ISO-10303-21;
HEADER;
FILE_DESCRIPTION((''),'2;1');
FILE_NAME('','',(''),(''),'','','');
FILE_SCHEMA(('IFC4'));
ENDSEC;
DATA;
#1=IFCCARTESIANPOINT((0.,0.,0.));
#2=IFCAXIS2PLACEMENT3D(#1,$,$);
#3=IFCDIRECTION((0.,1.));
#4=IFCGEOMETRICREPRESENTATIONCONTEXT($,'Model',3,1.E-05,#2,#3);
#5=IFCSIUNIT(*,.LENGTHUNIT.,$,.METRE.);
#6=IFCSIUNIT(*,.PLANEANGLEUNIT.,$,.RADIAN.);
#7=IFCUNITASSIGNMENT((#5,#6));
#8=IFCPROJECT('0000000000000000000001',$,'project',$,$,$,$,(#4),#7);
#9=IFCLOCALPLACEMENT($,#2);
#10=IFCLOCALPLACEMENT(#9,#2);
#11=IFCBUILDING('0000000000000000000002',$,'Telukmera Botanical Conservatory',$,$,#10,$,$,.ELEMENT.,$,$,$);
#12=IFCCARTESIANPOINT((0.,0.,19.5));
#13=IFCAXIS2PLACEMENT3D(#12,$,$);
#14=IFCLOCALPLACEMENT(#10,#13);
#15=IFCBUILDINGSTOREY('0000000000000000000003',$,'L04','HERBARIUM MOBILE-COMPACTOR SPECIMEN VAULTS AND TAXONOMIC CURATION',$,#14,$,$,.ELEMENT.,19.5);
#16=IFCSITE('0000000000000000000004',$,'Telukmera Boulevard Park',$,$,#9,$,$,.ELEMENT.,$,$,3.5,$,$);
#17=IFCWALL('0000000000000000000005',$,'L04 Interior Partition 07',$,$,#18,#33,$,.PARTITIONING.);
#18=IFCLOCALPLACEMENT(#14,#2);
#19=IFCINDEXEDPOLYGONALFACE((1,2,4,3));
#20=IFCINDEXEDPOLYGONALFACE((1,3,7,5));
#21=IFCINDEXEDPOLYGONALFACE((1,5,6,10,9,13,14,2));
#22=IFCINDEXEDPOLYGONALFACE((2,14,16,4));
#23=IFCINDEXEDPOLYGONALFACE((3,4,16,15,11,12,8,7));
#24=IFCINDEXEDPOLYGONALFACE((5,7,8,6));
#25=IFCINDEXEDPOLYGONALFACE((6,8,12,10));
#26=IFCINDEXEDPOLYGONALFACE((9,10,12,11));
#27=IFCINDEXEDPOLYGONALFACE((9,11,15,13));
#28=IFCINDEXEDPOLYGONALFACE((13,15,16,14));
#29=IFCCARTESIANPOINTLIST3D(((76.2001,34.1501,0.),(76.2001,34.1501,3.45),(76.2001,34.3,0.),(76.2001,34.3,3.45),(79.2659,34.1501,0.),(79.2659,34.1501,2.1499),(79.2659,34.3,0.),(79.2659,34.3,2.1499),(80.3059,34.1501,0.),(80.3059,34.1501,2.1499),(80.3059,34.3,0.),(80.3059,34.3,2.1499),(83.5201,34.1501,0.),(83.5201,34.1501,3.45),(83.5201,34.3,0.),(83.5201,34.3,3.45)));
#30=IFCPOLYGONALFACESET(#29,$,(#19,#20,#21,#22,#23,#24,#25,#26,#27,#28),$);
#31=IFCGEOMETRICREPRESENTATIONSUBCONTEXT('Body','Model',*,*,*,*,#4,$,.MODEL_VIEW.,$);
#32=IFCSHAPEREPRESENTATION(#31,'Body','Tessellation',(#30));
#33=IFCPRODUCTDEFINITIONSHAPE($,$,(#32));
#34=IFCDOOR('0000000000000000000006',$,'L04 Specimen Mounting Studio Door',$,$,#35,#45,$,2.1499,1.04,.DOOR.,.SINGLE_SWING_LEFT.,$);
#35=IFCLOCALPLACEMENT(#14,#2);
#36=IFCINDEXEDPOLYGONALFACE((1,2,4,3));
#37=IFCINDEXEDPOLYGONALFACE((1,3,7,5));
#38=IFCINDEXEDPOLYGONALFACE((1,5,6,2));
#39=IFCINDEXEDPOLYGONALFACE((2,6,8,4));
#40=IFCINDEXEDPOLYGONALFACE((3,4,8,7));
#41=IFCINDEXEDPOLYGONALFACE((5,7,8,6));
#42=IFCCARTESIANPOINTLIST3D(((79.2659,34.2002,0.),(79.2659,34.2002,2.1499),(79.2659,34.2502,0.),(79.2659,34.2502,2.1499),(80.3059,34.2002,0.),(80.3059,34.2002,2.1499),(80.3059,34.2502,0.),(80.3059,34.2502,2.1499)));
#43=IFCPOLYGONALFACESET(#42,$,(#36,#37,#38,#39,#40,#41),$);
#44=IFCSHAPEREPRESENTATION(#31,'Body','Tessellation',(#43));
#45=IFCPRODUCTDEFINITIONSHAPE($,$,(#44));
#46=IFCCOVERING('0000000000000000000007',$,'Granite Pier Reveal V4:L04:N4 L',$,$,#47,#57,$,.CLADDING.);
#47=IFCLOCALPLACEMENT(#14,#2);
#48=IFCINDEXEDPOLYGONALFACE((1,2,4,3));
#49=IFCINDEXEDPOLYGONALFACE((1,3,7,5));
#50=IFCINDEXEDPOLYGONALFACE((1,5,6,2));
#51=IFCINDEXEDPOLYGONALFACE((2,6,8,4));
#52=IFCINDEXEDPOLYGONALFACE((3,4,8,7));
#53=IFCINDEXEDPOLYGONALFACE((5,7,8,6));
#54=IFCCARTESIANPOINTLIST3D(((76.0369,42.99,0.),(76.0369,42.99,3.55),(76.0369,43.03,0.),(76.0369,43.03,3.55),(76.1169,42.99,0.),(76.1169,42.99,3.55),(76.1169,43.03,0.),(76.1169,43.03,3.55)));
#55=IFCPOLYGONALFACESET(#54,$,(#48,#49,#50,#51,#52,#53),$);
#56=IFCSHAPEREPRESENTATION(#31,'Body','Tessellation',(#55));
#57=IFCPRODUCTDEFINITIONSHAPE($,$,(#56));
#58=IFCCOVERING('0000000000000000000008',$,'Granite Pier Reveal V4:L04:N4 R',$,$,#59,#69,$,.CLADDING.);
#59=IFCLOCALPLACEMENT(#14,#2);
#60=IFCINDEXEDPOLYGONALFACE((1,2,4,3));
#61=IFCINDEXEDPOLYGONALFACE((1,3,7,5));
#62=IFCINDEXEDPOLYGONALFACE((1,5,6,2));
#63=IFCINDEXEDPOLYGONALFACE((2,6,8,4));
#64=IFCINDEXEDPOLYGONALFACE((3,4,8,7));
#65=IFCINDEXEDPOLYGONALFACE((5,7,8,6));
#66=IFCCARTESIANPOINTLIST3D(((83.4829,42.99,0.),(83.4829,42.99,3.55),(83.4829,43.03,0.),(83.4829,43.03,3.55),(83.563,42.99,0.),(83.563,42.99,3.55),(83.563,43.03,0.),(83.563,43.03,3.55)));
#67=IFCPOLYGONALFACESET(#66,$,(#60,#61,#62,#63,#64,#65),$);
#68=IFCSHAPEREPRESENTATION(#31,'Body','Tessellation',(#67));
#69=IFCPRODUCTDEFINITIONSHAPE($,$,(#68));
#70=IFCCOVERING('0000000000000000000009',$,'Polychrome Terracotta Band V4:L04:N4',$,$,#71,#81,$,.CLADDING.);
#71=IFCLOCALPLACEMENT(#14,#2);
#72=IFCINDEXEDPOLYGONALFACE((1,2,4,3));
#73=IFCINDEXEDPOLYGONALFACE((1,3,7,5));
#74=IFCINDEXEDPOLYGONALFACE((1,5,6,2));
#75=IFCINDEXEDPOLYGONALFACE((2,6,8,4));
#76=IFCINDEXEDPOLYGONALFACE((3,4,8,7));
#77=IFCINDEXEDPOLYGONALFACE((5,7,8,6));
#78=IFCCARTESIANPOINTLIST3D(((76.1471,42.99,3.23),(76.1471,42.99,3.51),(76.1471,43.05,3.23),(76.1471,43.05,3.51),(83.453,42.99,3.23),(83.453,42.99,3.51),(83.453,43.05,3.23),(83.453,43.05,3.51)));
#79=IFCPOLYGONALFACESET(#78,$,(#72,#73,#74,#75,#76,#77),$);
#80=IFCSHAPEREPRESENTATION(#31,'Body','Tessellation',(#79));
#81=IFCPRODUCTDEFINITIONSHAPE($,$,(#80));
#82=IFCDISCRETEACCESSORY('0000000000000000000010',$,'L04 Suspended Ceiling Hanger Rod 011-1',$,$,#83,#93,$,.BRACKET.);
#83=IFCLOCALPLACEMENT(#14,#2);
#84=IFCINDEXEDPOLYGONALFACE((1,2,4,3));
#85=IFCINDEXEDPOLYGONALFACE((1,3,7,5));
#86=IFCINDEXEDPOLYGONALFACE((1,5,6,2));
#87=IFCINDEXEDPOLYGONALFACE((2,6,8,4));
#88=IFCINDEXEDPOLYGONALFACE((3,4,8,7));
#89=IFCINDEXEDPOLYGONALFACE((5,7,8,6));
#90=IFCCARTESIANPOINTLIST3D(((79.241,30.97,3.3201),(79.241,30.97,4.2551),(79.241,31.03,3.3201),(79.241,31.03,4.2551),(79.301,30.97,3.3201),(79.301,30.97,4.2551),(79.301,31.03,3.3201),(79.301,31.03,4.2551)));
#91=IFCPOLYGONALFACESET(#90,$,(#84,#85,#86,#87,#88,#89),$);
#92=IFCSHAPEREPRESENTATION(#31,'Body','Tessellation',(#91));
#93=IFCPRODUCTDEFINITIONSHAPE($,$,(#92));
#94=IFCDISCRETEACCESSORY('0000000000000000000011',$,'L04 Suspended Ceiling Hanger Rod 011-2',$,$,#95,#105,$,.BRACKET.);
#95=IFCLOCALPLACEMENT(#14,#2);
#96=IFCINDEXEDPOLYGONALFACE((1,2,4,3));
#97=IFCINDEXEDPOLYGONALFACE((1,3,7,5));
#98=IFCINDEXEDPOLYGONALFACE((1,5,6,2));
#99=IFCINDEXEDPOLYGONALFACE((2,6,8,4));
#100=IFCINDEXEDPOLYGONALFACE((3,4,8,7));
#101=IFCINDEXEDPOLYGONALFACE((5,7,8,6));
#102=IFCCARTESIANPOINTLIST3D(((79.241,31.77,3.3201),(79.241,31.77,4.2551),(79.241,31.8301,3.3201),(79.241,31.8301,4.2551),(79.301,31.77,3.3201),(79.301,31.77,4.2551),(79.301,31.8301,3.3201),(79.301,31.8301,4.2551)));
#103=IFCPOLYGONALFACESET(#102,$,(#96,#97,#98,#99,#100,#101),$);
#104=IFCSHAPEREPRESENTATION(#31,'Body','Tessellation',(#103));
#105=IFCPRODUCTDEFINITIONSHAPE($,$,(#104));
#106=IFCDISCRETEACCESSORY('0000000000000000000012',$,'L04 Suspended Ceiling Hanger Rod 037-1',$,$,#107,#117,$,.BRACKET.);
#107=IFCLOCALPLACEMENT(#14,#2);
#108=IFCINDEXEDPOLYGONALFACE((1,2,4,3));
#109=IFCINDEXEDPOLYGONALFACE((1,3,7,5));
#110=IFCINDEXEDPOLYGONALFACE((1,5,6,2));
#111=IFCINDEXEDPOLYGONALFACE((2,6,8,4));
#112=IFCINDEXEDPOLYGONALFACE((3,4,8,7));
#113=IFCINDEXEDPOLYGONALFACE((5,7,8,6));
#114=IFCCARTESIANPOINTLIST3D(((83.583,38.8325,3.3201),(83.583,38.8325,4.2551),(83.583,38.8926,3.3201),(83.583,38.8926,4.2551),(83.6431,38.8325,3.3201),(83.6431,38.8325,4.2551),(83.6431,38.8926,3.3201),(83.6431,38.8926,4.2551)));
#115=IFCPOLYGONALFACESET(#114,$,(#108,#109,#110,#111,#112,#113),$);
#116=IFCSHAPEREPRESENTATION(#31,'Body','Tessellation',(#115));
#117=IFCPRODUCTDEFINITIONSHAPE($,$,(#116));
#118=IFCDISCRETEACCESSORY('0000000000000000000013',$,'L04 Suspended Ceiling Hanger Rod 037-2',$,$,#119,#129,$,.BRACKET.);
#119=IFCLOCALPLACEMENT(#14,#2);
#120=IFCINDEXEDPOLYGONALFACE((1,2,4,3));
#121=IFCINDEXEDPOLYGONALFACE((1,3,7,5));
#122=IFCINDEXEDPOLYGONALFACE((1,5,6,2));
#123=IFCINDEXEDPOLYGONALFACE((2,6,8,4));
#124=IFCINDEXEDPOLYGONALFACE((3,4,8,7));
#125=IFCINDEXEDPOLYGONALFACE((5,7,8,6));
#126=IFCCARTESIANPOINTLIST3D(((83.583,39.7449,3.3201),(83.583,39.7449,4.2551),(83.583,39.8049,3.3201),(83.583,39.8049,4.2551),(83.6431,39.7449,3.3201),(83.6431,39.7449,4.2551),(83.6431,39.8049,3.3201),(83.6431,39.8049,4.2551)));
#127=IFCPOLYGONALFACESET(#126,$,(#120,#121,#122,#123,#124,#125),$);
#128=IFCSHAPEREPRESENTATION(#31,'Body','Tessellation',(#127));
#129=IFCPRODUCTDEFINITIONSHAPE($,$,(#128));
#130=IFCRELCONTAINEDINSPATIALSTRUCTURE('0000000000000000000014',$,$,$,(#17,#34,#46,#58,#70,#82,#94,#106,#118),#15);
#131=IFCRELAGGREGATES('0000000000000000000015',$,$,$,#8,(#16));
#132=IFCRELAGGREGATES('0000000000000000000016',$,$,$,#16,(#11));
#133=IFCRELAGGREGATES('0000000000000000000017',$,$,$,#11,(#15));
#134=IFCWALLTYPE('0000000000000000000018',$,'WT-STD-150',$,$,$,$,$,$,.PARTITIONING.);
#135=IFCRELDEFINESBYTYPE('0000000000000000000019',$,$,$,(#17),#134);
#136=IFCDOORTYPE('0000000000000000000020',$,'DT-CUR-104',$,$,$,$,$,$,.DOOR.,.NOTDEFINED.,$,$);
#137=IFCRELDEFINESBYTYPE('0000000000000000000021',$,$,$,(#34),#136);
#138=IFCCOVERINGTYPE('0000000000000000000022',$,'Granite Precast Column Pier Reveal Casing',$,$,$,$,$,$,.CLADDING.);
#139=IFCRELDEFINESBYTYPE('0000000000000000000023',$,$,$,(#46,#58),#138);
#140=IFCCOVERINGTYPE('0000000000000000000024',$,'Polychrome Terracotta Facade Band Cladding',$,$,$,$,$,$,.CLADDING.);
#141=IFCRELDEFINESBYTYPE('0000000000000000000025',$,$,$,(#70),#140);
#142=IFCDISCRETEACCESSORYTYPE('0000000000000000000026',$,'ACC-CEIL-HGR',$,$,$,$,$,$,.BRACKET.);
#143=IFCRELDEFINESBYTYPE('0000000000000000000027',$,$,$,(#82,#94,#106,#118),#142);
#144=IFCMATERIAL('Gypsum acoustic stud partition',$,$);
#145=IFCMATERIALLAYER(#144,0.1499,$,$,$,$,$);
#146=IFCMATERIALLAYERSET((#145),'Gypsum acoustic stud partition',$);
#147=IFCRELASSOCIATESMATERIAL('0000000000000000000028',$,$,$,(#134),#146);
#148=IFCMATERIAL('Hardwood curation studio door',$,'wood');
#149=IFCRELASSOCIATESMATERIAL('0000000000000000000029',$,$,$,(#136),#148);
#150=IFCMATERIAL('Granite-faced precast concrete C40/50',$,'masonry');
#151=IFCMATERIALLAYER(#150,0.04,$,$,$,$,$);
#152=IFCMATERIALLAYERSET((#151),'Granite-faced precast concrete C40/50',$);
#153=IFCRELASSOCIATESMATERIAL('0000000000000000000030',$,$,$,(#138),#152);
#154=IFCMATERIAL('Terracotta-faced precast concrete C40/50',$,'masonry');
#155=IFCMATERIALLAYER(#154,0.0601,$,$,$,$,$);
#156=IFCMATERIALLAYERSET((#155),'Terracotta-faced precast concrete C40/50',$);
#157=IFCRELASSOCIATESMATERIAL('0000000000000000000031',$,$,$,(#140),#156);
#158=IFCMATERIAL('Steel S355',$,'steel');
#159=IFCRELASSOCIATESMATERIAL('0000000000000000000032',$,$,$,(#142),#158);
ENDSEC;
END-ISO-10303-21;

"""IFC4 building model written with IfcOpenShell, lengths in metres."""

from ifc_helpers import new_model, si_unit, direction, frame, frame_2d, origin, origin_2d, place, context, subcontext, project, spatial, rectangle, extrude, material, layer, layer_set, type_object, element, fill, save


model = new_model("IFC4")

# Units and contexts
model_context = context("Model", 3, precision=1e-05, world=origin(), true_north=direction((0.0, 1.0)))
body_context = subcontext(model_context, "Body", "Model", "MODEL_VIEW")
ifc_project = project(units=[si_unit("LENGTHUNIT", "METRE"), si_unit("PLANEANGLEUNIT", "RADIAN")], contexts=[model_context])

# Site, building, storey
site_placement = place(None, origin())
site = spatial("IfcSite", under=ifc_project, at=site_placement, Name="Telukmera Boulevard Park", CompositionType="ELEMENT", RefElevation=3.5)
building_placement = place(site_placement, origin())
building = spatial("IfcBuilding", under=site, at=building_placement, Name="Telukmera Botanical Conservatory", CompositionType="ELEMENT")
storey_placement = place(building_placement, frame((0.0, 0.0, 19.5)))
storey = spatial("IfcBuildingStorey", under=building, at=storey_placement, Name="L04", Description="HERBARIUM MOBILE-COMPACTOR SPECIMEN VAULTS AND TAXONOMIC CURATION", CompositionType="ELEMENT", Elevation=19.5)

# Shared definitions
ifc_material_1 = material(Name="Terracotta-faced precast concrete C40/50", Category="masonry")

# Shared definitions
ifc_material_2 = material(Name="Gypsum acoustic stud partition")

# Wall, opening, door
ifc_layer_1 = layer(ifc_material_2, 0.1499)
ifc_layer_set_1 = layer_set([ifc_layer_1], Name="Gypsum acoustic stud partition")
wall_type_1 = type_object("IfcWallType", Name="WT-STD-150", PredefinedType="PARTITIONING", material=ifc_layer_set_1)
wall_1_placement = place(storey_placement, frame((76.2, 34.2251, 0.0), z_axis=(0.0, 0.0, 1.0), x_axis=(1.0, 0.0, 0.0)))
wall_1 = element("IfcWall", 1, at=wall_1_placement, inside=storey, type_object=wall_type_1, Name="L04 Interior Partition 07", PredefinedType="PARTITIONING", context=body_context, shape_type="SweptSolid", body=[
    extrude(rectangle(XDim=7.3201, YDim=0.1499, at=frame_2d((3.6602, 0.0))), origin(), (0.0, 0.0, 1.0), 3.45),
])
opening_1_placement = place(wall_1_placement, frame((3.0659, 0.0, 0.0)))
opening_1 = element("IfcOpeningElement", 2, at=opening_1_placement, cuts=wall_1, PredefinedType="OPENING", context=body_context, shape_type="SweptSolid", body=[
    extrude(rectangle(XDim=1.04, YDim=2.1499, at=frame_2d((0.52, 1.075))), frame((0.0, 0.085, 0.0), z_axis=(0.0, -1.0, 0.0), x_axis=(1.0, 0.0, 0.0)), (0.0, 0.0, 1.0), 0.1699),
])
ifc_material_3 = material(Name="Hardwood curation studio door", Category="wood")
door_type_1 = type_object("IfcDoorType", Name="DT-CUR-104", OperationType="NOTDEFINED", PredefinedType="DOOR", material=ifc_material_3)
door_1_placement = place(opening_1_placement, frame((1.04, 0.0, 0.0), z_axis=(0.0, 0.0, 1.0), x_axis=(-1.0, 0.0, 0.0)))
door_1 = element("IfcDoor", 3, at=door_1_placement, inside=storey, type_object=door_type_1, Name="L04 Specimen Mounting Studio Door", OperationType="SINGLE_SWING_LEFT", OverallHeight=2.1499, OverallWidth=1.04, PredefinedType="DOOR", context=body_context, shape_type="SweptSolid", body=[
    extrude(rectangle(XDim=1.04, YDim=2.1499, at=frame_2d((0.52, 1.075))), frame((0.0, 0.0249, 0.0), z_axis=(0.0, -1.0, 0.0), x_axis=(1.0, 0.0, 0.0)), (0.0, 0.0, 1.0), 0.05),
])
fill(opening_1, door_1)

# Coverings
ifc_material_4 = material(Name="Granite-faced precast concrete C40/50", Category="masonry")
ifc_layer_2 = layer(ifc_material_4, 0.04)
ifc_layer_set_2 = layer_set([ifc_layer_2], Name="Granite-faced precast concrete C40/50")
covering_type_1 = type_object("IfcCoveringType", Name="Granite Precast Column Pier Reveal Casing", PredefinedType="CLADDING", material=ifc_layer_set_2)
for number, where, z_axis, x_axis, name in (
    (4, (76.0769, 43.01, 0.0), (0.0, 0.0, 1.0), (1.0, 0.0, 0.0), "Granite Pier Reveal V4:L04:N4 L"),
    (5, (83.5229, 43.01, 0.0), (0.0, 0.0, 1.0), (1.0, 0.0, 0.0), "Granite Pier Reveal V4:L04:N4 R"),
):
    element("IfcCovering", number, at=place(storey_placement, frame(where, z_axis=z_axis, x_axis=x_axis)), inside=storey, type_object=covering_type_1, Name=name, PredefinedType="CLADDING", context=body_context, shape_type="SweptSolid", body=[
        extrude(rectangle(XDim=0.0801, YDim=0.04, at=origin_2d()), origin(), (0.0, 0.0, 1.0), 3.55),
    ])
ifc_layer_3 = layer(ifc_material_1, 0.0601)
ifc_layer_set_3 = layer_set([ifc_layer_3], Name="Terracotta-faced precast concrete C40/50")
covering_type_2 = type_object("IfcCoveringType", Name="Polychrome Terracotta Facade Band Cladding", PredefinedType="CLADDING", material=ifc_layer_set_3)
covering_placement = place(storey_placement, frame((79.8, 43.02, 3.23), z_axis=(0.0, 0.0, 1.0), x_axis=(1.0, 0.0, 0.0)))
element("IfcCovering", 6, at=covering_placement, inside=storey, type_object=covering_type_2, Name="Polychrome Terracotta Band V4:L04:N4", PredefinedType="CLADDING", context=body_context, shape_type="SweptSolid", body=[
    extrude(rectangle(XDim=7.3059, YDim=0.0601, at=origin_2d()), origin(), (0.0, 0.0, 1.0), 0.28),
])

# Discrete accessories
ifc_material_5 = material(Name="Steel S355", Category="steel")
discrete_accessory_type = type_object("IfcDiscreteAccessoryType", Name="ACC-CEIL-HGR", PredefinedType="BRACKET", material=ifc_material_5)
for number, where, z_axis, x_axis, name in (
    (7, (79.271, 31.0, 3.3201), (0.0, 0.0, 1.0), (1.0, 0.0, 0.0), "L04 Suspended Ceiling Hanger Rod 011-1"),
    (8, (79.271, 31.8, 3.3201), (0.0, 0.0, 1.0), (1.0, 0.0, 0.0), "L04 Suspended Ceiling Hanger Rod 011-2"),
    (9, (83.613, 38.8625, 3.3201), (0.0, 0.0, 1.0), (1.0, 0.0, 0.0), "L04 Suspended Ceiling Hanger Rod 037-1"),
    (10, (83.613, 39.7749, 3.3201), (0.0, 0.0, 1.0), (1.0, 0.0, 0.0), "L04 Suspended Ceiling Hanger Rod 037-2"),
):
    element("IfcDiscreteAccessory", number, at=place(storey_placement, frame(where, z_axis=z_axis, x_axis=x_axis)), inside=storey, type_object=discrete_accessory_type, Name=name, PredefinedType="BRACKET", context=body_context, shape_type="SweptSolid", body=[
        extrude(rectangle(XDim=0.0601, YDim=0.0601, at=origin_2d()), origin(), (0.0, 0.0, 1.0), 0.9351),
    ])

save(model, "model.ifc")
